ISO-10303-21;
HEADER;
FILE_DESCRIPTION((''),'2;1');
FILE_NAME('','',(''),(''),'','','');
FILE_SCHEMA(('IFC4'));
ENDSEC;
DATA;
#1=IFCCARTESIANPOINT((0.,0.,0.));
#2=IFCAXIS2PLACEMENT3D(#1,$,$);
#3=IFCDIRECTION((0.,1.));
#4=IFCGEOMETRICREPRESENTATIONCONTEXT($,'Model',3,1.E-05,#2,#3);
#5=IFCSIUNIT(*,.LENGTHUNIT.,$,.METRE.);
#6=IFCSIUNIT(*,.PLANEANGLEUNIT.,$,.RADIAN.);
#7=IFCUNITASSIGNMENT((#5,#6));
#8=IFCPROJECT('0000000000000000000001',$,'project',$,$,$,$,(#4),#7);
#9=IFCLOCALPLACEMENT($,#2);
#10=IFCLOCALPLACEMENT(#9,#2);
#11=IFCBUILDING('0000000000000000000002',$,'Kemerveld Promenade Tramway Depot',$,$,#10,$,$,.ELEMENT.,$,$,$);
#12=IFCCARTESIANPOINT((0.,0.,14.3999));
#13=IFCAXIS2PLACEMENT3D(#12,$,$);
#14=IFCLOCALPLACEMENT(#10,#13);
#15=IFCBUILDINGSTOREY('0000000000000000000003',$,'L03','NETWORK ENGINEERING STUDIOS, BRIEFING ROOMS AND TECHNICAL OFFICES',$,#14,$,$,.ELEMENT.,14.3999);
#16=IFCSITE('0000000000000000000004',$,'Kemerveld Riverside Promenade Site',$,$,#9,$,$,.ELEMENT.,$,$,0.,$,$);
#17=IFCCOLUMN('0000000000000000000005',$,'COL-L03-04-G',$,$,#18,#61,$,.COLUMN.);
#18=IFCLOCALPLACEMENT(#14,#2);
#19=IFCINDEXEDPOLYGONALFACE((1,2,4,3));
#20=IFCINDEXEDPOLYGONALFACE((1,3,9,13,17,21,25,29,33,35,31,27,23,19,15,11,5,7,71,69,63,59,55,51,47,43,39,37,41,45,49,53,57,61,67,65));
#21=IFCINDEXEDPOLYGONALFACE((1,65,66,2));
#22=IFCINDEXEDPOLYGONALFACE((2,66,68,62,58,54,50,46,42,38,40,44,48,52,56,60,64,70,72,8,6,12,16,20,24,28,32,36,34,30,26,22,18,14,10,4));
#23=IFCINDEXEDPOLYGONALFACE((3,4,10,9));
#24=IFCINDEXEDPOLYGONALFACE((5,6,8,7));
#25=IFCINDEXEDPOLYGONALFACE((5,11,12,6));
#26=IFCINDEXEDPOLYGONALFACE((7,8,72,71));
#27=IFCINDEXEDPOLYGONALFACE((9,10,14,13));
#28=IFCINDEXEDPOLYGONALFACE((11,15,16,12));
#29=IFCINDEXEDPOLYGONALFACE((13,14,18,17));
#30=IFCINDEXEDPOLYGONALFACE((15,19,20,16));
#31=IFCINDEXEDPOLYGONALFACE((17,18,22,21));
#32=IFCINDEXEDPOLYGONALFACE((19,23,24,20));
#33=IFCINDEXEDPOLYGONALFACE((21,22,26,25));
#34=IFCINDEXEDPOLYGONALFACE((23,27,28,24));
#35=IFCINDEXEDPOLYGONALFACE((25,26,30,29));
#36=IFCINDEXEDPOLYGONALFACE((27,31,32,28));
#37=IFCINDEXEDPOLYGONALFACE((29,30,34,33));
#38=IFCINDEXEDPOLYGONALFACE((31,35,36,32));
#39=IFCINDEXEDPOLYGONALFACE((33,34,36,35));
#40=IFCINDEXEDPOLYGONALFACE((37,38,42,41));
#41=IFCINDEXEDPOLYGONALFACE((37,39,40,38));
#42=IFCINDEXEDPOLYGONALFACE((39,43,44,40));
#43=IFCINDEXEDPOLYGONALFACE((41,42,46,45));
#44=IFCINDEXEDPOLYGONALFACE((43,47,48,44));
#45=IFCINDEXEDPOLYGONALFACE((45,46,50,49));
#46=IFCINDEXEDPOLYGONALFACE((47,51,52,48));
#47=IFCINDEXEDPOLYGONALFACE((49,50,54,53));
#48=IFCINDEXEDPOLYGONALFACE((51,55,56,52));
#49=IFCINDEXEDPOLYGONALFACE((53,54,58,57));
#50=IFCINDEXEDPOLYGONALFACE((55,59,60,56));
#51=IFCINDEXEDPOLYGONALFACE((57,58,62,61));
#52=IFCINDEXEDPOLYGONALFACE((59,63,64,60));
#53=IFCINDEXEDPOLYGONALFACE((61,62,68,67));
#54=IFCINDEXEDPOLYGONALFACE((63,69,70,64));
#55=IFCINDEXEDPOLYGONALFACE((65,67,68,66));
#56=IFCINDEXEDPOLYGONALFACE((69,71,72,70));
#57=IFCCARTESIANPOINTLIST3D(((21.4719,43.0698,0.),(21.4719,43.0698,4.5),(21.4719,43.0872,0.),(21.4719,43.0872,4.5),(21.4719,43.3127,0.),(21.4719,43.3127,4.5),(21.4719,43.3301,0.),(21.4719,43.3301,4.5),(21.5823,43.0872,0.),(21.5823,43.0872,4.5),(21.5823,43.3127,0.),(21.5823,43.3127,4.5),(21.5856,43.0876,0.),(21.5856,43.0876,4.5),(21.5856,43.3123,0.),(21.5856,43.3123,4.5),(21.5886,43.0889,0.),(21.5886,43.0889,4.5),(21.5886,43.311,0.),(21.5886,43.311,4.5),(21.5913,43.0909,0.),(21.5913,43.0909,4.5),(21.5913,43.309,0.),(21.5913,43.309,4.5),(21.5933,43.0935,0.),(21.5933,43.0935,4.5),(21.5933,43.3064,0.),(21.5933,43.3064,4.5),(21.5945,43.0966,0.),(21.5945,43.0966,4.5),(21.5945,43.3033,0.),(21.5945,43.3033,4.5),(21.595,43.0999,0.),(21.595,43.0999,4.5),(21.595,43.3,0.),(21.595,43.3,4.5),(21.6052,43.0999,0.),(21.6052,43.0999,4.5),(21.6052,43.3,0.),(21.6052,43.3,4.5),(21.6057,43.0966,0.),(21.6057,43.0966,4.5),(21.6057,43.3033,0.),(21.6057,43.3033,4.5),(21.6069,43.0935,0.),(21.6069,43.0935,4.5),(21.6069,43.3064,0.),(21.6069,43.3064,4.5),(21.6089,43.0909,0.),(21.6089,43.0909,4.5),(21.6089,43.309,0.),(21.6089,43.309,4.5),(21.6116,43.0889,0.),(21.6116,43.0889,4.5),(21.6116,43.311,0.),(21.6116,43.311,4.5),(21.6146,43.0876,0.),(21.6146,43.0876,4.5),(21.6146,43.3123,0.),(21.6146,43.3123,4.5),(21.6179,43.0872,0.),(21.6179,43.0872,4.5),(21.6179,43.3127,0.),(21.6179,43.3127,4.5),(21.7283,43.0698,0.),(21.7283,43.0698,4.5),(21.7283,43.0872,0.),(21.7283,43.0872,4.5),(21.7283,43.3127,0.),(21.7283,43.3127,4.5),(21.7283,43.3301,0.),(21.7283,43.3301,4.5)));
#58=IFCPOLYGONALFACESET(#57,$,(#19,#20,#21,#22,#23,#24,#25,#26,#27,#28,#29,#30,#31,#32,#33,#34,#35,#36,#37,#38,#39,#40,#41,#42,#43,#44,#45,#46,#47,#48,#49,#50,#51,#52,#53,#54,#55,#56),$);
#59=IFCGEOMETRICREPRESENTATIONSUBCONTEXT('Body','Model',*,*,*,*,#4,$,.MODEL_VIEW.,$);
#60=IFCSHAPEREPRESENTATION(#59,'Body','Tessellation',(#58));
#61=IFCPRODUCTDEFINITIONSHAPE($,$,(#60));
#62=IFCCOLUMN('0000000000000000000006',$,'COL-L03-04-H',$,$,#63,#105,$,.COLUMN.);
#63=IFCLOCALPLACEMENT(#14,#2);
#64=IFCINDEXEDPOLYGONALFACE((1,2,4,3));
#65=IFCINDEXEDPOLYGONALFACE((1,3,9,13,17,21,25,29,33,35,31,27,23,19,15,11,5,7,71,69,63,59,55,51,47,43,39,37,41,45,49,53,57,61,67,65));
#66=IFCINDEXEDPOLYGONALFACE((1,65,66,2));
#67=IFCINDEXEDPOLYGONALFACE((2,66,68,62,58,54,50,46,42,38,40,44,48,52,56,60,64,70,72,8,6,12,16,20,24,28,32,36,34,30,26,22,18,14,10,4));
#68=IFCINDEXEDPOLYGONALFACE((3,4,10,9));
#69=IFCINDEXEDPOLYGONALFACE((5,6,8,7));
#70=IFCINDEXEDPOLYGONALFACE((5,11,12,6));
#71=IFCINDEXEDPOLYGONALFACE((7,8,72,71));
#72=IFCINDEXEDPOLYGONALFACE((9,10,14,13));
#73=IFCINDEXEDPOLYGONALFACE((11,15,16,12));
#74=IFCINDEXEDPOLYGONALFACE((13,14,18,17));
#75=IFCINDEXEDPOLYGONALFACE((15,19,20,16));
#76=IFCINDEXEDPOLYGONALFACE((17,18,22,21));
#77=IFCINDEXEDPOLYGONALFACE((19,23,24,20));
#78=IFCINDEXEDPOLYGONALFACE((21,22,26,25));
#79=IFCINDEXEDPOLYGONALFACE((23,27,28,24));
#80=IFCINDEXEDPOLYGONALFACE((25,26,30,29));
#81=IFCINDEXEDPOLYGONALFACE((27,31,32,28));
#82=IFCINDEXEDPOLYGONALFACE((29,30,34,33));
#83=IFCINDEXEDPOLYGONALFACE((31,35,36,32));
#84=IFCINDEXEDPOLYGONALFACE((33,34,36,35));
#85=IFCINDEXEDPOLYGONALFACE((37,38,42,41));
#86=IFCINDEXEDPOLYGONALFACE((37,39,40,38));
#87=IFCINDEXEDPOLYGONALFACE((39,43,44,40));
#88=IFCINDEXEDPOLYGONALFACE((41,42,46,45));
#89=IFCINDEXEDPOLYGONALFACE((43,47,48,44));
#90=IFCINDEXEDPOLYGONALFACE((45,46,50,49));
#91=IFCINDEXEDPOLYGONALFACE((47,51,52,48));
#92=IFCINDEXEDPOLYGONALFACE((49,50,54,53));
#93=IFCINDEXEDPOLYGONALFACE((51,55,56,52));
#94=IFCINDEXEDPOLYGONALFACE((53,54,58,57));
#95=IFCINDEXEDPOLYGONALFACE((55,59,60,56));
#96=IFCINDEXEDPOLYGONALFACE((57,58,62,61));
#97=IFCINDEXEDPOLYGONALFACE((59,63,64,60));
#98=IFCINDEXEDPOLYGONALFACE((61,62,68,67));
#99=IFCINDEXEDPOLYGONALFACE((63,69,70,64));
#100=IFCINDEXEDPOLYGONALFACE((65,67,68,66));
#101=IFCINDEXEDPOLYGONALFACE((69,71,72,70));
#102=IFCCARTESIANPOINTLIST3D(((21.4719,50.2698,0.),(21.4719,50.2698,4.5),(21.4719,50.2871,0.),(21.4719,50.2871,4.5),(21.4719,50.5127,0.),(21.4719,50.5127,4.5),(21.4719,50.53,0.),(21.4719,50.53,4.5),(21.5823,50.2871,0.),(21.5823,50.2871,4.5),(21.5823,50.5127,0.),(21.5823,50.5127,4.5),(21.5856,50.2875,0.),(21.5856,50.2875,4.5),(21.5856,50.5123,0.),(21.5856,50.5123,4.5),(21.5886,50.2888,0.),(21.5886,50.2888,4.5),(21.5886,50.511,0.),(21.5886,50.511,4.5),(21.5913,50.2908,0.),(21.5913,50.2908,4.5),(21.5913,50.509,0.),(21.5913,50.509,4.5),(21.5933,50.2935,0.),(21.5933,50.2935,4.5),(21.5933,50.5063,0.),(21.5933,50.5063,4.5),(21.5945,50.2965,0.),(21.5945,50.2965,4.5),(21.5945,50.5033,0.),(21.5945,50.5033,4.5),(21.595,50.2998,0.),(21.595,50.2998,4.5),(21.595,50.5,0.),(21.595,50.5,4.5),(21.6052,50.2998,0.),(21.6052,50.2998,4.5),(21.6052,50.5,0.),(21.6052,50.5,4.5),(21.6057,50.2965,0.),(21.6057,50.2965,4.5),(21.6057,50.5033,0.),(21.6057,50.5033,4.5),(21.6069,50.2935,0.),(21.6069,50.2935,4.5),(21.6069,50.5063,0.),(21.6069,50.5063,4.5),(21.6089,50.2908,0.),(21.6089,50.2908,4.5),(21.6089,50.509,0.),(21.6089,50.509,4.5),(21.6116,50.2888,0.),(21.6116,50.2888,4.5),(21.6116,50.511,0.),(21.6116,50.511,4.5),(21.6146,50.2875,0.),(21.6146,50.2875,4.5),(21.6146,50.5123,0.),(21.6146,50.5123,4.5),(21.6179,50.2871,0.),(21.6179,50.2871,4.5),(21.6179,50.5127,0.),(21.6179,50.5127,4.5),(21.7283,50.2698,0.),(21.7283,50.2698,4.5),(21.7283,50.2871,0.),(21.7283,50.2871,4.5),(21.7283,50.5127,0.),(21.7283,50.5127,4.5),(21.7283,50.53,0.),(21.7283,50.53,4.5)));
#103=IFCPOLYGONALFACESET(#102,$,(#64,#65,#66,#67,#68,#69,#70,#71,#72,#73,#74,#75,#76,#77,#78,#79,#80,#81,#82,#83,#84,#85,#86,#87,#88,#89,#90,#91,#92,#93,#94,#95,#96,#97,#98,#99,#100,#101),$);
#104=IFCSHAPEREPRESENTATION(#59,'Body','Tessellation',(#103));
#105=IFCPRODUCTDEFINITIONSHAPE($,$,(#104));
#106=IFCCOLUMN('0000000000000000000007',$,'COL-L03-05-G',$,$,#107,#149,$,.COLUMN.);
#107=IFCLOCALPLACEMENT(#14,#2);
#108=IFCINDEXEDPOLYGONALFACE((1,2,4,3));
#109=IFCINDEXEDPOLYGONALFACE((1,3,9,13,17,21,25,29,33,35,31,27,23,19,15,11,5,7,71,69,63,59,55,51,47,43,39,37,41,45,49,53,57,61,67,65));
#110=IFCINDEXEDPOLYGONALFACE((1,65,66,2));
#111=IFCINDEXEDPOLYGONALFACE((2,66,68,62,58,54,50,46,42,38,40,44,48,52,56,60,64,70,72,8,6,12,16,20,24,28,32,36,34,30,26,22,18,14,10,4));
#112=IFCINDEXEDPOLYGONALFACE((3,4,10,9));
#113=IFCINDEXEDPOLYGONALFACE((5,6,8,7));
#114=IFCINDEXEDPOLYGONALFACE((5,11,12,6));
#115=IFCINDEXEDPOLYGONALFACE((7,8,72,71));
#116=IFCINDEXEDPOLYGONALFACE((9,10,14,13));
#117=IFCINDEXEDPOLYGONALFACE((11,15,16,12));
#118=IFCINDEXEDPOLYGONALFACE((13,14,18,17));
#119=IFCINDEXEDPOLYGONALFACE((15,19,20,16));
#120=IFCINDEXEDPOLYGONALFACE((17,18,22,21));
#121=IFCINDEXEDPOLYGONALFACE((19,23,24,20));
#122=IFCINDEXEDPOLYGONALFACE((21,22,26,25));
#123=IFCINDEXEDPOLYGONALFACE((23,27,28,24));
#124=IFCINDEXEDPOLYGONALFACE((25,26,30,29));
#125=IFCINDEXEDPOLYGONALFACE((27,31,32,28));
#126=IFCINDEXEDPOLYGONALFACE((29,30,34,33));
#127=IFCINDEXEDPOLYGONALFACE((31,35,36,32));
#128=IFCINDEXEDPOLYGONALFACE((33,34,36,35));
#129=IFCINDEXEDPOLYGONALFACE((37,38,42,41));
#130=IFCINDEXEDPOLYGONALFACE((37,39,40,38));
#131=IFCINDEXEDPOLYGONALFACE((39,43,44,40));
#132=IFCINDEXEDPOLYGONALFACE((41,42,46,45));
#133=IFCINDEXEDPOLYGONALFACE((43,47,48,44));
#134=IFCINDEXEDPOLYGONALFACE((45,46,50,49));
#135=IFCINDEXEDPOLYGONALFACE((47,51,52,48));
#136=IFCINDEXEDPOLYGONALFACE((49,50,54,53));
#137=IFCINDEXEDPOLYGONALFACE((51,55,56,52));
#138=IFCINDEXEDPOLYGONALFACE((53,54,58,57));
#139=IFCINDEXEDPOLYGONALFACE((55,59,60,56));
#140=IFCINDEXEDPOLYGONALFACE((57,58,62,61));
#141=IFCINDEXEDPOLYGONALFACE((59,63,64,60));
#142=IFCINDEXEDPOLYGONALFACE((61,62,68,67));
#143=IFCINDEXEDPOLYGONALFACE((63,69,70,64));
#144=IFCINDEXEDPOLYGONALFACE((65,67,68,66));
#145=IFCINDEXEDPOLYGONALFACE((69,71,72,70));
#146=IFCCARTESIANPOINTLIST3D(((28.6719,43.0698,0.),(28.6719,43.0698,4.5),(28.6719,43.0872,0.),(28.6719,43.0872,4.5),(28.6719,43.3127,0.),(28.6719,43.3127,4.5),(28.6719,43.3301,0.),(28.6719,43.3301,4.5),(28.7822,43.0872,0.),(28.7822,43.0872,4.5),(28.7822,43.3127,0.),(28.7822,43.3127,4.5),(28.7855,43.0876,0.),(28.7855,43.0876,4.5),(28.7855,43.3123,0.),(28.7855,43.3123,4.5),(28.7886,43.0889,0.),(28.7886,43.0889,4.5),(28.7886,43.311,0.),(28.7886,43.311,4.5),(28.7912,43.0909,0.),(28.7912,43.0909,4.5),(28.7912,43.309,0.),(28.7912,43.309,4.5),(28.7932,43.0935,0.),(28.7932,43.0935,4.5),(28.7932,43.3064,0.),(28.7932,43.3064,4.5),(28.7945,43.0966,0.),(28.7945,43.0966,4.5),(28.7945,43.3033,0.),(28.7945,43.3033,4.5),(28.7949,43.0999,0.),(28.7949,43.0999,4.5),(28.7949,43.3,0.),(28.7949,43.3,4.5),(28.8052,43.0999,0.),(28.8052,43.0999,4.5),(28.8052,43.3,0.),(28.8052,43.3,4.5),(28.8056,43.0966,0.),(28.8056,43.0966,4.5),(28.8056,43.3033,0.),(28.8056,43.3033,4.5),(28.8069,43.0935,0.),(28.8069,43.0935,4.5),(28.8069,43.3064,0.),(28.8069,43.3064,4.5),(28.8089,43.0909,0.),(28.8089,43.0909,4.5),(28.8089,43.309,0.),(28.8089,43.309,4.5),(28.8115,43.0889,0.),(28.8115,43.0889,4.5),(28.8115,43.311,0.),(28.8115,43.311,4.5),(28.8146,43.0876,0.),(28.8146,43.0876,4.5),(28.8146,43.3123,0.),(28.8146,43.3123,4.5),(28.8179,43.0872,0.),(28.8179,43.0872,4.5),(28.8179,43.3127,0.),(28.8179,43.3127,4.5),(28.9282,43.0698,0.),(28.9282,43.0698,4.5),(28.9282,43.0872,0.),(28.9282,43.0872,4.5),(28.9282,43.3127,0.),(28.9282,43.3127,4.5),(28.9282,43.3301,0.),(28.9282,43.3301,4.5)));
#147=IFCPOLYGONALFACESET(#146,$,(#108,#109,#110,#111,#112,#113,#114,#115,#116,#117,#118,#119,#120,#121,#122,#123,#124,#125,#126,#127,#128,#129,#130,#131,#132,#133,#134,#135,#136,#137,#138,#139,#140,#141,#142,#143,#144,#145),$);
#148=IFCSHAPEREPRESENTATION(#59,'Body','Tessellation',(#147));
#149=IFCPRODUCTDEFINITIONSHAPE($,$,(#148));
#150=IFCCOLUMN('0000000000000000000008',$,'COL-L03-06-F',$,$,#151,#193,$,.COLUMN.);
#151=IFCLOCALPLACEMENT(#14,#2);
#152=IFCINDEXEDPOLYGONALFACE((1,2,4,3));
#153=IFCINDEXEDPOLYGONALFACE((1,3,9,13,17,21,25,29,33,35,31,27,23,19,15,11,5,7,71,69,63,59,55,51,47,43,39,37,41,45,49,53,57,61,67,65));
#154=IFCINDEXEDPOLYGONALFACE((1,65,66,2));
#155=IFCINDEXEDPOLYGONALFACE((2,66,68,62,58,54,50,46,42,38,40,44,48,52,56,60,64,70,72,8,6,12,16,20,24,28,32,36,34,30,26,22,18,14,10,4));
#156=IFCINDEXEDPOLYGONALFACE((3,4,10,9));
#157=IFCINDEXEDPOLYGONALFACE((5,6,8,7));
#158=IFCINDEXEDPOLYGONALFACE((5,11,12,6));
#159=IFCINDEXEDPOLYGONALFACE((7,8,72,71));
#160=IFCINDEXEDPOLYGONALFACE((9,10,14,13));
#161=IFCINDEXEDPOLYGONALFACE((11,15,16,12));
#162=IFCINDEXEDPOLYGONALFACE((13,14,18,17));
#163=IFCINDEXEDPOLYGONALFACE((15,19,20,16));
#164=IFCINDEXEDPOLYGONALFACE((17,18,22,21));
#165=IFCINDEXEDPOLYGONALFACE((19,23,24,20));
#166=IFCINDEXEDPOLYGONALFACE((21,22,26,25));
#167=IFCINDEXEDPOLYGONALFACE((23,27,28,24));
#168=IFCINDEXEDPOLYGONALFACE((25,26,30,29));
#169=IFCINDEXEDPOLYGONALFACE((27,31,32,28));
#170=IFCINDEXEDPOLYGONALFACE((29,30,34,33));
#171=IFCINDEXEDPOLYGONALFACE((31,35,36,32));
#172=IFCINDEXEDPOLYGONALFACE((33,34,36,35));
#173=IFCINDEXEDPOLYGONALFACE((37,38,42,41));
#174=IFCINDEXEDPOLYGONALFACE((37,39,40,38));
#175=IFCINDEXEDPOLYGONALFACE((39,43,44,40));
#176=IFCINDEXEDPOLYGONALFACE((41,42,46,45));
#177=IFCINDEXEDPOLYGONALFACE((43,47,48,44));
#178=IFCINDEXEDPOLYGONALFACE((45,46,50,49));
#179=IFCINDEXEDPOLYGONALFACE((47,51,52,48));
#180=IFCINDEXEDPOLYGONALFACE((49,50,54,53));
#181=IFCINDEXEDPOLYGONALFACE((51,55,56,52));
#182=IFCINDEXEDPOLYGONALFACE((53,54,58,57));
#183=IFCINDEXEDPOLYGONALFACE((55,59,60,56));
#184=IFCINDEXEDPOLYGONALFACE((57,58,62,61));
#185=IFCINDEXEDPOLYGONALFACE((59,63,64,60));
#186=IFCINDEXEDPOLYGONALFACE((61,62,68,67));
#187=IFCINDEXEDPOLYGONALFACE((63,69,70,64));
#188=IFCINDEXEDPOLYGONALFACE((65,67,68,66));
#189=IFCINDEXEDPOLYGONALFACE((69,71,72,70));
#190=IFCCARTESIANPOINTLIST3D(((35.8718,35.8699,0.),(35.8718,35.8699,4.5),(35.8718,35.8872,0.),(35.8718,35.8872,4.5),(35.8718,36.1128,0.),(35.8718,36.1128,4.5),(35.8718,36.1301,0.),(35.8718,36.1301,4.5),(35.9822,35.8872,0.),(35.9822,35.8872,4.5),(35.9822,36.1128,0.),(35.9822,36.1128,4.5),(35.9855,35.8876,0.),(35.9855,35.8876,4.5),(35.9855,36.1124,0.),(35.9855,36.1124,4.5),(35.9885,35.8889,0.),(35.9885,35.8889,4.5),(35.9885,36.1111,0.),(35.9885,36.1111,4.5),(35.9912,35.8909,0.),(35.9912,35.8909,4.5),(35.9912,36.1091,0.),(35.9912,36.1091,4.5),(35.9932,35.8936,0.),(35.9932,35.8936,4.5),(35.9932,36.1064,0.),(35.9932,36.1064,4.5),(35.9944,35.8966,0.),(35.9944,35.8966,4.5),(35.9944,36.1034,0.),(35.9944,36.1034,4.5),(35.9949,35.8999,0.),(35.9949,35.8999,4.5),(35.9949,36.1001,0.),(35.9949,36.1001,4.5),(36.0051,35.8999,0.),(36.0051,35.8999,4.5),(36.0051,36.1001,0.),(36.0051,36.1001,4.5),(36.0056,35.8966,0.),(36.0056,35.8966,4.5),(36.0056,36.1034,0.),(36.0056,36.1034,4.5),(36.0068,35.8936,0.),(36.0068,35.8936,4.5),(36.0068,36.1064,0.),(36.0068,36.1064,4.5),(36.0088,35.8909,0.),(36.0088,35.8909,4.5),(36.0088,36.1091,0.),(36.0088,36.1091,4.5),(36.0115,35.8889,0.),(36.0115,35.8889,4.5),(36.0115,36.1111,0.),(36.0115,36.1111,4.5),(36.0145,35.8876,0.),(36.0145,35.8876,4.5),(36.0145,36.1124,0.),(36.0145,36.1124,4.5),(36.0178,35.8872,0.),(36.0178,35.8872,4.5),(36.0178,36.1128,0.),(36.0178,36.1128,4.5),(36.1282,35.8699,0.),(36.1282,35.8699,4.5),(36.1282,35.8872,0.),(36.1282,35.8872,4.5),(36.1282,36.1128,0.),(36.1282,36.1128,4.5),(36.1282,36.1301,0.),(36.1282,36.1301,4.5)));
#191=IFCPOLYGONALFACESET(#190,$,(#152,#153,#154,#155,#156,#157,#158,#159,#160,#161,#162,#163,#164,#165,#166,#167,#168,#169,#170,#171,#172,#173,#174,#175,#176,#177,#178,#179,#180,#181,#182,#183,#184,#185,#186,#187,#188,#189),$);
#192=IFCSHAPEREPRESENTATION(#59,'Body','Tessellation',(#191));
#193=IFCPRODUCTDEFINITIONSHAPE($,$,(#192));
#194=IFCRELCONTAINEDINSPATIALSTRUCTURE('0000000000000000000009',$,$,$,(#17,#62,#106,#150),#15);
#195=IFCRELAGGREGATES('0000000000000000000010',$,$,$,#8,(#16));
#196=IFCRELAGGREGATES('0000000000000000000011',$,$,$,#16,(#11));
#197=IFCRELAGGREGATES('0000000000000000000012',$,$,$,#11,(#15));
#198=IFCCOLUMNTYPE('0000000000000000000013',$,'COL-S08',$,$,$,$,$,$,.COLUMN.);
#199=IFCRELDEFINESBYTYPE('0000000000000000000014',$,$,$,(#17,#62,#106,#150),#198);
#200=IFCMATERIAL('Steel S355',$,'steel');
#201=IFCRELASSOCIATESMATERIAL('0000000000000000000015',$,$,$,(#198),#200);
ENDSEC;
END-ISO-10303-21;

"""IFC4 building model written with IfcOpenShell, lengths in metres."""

from ifc_helpers import new_model, si_unit, direction, frame, origin, origin_2d, place, context, subcontext, project, spatial, i_section, extrude, material, material_profile, profile_set, type_object, element, save


model = new_model("IFC4")

# Units and contexts
model_context = context("Model", 3, precision=1e-05, world=origin(), true_north=direction((0.0, 1.0)))
body_context = subcontext(model_context, "Body", "Model", "MODEL_VIEW")
ifc_project = project(units=[si_unit("LENGTHUNIT", "METRE"), si_unit("PLANEANGLEUNIT", "RADIAN")], contexts=[model_context])

# Site, building, storey
site_placement = place(None, origin())
site = spatial("IfcSite", under=ifc_project, at=site_placement, Name="Kemerveld Riverside Promenade Site", CompositionType="ELEMENT", RefElevation=0.0)
building_placement = place(site_placement, origin())
building = spatial("IfcBuilding", under=site, at=building_placement, Name="Kemerveld Promenade Tramway Depot", CompositionType="ELEMENT")
storey_placement = place(building_placement, frame((0.0, 0.0, 14.3999)))
storey = spatial("IfcBuildingStorey", under=building, at=storey_placement, Name="L03", Description="NETWORK ENGINEERING STUDIOS, BRIEFING ROOMS AND TECHNICAL OFFICES", CompositionType="ELEMENT", Elevation=14.3999)

# Columns
ifc_material = material(Name="Steel S355", Category="steel")
ifc_material_profile_1 = material_profile(ifc_material, i_section(OverallWidth=0.2563, OverallDepth=0.2603, WebThickness=0.0103, FlangeThickness=0.0173, FilletRadius=0.0127, at=origin_2d()), Name="254x254x89 UC")
ifc_profile_set_1 = profile_set([ifc_material_profile_1], Name="Steel S355")
column_type = type_object("IfcColumnType", Name="COL-S08", PredefinedType="COLUMN", material=ifc_profile_set_1)
for number, where, z_axis, x_axis, name in (
    (1, (21.6001, 43.2, 0.0), (0.0, 0.0, 1.0), (1.0, 0.0, 0.0), "COL-L03-04-G"),
    (2, (21.6001, 50.3999, 0.0), (0.0, 0.0, 1.0), (1.0, 0.0, 0.0), "COL-L03-04-H"),
    (3, (28.8, 43.2, 0.0), (0.0, 0.0, 1.0), (1.0, 0.0, 0.0), "COL-L03-05-G"),
    (4, (36.0, 36.0, 0.0), (0.0, 0.0, 1.0), (1.0, 0.0, 0.0), "COL-L03-06-F"),
):
    element("IfcColumn", number, at=place(storey_placement, frame(where, z_axis=z_axis, x_axis=x_axis)), inside=storey, type_object=column_type, Name=name, PredefinedType="COLUMN", context=body_context, shape_type="SweptSolid", body=[
        extrude(i_section(OverallWidth=0.2563, OverallDepth=0.2603, WebThickness=0.0103, FlangeThickness=0.0173, FilletRadius=0.0127, at=origin_2d()), origin(), (0.0, 0.0, 1.0), 4.5),
    ])

save(model, "model.ifc")
